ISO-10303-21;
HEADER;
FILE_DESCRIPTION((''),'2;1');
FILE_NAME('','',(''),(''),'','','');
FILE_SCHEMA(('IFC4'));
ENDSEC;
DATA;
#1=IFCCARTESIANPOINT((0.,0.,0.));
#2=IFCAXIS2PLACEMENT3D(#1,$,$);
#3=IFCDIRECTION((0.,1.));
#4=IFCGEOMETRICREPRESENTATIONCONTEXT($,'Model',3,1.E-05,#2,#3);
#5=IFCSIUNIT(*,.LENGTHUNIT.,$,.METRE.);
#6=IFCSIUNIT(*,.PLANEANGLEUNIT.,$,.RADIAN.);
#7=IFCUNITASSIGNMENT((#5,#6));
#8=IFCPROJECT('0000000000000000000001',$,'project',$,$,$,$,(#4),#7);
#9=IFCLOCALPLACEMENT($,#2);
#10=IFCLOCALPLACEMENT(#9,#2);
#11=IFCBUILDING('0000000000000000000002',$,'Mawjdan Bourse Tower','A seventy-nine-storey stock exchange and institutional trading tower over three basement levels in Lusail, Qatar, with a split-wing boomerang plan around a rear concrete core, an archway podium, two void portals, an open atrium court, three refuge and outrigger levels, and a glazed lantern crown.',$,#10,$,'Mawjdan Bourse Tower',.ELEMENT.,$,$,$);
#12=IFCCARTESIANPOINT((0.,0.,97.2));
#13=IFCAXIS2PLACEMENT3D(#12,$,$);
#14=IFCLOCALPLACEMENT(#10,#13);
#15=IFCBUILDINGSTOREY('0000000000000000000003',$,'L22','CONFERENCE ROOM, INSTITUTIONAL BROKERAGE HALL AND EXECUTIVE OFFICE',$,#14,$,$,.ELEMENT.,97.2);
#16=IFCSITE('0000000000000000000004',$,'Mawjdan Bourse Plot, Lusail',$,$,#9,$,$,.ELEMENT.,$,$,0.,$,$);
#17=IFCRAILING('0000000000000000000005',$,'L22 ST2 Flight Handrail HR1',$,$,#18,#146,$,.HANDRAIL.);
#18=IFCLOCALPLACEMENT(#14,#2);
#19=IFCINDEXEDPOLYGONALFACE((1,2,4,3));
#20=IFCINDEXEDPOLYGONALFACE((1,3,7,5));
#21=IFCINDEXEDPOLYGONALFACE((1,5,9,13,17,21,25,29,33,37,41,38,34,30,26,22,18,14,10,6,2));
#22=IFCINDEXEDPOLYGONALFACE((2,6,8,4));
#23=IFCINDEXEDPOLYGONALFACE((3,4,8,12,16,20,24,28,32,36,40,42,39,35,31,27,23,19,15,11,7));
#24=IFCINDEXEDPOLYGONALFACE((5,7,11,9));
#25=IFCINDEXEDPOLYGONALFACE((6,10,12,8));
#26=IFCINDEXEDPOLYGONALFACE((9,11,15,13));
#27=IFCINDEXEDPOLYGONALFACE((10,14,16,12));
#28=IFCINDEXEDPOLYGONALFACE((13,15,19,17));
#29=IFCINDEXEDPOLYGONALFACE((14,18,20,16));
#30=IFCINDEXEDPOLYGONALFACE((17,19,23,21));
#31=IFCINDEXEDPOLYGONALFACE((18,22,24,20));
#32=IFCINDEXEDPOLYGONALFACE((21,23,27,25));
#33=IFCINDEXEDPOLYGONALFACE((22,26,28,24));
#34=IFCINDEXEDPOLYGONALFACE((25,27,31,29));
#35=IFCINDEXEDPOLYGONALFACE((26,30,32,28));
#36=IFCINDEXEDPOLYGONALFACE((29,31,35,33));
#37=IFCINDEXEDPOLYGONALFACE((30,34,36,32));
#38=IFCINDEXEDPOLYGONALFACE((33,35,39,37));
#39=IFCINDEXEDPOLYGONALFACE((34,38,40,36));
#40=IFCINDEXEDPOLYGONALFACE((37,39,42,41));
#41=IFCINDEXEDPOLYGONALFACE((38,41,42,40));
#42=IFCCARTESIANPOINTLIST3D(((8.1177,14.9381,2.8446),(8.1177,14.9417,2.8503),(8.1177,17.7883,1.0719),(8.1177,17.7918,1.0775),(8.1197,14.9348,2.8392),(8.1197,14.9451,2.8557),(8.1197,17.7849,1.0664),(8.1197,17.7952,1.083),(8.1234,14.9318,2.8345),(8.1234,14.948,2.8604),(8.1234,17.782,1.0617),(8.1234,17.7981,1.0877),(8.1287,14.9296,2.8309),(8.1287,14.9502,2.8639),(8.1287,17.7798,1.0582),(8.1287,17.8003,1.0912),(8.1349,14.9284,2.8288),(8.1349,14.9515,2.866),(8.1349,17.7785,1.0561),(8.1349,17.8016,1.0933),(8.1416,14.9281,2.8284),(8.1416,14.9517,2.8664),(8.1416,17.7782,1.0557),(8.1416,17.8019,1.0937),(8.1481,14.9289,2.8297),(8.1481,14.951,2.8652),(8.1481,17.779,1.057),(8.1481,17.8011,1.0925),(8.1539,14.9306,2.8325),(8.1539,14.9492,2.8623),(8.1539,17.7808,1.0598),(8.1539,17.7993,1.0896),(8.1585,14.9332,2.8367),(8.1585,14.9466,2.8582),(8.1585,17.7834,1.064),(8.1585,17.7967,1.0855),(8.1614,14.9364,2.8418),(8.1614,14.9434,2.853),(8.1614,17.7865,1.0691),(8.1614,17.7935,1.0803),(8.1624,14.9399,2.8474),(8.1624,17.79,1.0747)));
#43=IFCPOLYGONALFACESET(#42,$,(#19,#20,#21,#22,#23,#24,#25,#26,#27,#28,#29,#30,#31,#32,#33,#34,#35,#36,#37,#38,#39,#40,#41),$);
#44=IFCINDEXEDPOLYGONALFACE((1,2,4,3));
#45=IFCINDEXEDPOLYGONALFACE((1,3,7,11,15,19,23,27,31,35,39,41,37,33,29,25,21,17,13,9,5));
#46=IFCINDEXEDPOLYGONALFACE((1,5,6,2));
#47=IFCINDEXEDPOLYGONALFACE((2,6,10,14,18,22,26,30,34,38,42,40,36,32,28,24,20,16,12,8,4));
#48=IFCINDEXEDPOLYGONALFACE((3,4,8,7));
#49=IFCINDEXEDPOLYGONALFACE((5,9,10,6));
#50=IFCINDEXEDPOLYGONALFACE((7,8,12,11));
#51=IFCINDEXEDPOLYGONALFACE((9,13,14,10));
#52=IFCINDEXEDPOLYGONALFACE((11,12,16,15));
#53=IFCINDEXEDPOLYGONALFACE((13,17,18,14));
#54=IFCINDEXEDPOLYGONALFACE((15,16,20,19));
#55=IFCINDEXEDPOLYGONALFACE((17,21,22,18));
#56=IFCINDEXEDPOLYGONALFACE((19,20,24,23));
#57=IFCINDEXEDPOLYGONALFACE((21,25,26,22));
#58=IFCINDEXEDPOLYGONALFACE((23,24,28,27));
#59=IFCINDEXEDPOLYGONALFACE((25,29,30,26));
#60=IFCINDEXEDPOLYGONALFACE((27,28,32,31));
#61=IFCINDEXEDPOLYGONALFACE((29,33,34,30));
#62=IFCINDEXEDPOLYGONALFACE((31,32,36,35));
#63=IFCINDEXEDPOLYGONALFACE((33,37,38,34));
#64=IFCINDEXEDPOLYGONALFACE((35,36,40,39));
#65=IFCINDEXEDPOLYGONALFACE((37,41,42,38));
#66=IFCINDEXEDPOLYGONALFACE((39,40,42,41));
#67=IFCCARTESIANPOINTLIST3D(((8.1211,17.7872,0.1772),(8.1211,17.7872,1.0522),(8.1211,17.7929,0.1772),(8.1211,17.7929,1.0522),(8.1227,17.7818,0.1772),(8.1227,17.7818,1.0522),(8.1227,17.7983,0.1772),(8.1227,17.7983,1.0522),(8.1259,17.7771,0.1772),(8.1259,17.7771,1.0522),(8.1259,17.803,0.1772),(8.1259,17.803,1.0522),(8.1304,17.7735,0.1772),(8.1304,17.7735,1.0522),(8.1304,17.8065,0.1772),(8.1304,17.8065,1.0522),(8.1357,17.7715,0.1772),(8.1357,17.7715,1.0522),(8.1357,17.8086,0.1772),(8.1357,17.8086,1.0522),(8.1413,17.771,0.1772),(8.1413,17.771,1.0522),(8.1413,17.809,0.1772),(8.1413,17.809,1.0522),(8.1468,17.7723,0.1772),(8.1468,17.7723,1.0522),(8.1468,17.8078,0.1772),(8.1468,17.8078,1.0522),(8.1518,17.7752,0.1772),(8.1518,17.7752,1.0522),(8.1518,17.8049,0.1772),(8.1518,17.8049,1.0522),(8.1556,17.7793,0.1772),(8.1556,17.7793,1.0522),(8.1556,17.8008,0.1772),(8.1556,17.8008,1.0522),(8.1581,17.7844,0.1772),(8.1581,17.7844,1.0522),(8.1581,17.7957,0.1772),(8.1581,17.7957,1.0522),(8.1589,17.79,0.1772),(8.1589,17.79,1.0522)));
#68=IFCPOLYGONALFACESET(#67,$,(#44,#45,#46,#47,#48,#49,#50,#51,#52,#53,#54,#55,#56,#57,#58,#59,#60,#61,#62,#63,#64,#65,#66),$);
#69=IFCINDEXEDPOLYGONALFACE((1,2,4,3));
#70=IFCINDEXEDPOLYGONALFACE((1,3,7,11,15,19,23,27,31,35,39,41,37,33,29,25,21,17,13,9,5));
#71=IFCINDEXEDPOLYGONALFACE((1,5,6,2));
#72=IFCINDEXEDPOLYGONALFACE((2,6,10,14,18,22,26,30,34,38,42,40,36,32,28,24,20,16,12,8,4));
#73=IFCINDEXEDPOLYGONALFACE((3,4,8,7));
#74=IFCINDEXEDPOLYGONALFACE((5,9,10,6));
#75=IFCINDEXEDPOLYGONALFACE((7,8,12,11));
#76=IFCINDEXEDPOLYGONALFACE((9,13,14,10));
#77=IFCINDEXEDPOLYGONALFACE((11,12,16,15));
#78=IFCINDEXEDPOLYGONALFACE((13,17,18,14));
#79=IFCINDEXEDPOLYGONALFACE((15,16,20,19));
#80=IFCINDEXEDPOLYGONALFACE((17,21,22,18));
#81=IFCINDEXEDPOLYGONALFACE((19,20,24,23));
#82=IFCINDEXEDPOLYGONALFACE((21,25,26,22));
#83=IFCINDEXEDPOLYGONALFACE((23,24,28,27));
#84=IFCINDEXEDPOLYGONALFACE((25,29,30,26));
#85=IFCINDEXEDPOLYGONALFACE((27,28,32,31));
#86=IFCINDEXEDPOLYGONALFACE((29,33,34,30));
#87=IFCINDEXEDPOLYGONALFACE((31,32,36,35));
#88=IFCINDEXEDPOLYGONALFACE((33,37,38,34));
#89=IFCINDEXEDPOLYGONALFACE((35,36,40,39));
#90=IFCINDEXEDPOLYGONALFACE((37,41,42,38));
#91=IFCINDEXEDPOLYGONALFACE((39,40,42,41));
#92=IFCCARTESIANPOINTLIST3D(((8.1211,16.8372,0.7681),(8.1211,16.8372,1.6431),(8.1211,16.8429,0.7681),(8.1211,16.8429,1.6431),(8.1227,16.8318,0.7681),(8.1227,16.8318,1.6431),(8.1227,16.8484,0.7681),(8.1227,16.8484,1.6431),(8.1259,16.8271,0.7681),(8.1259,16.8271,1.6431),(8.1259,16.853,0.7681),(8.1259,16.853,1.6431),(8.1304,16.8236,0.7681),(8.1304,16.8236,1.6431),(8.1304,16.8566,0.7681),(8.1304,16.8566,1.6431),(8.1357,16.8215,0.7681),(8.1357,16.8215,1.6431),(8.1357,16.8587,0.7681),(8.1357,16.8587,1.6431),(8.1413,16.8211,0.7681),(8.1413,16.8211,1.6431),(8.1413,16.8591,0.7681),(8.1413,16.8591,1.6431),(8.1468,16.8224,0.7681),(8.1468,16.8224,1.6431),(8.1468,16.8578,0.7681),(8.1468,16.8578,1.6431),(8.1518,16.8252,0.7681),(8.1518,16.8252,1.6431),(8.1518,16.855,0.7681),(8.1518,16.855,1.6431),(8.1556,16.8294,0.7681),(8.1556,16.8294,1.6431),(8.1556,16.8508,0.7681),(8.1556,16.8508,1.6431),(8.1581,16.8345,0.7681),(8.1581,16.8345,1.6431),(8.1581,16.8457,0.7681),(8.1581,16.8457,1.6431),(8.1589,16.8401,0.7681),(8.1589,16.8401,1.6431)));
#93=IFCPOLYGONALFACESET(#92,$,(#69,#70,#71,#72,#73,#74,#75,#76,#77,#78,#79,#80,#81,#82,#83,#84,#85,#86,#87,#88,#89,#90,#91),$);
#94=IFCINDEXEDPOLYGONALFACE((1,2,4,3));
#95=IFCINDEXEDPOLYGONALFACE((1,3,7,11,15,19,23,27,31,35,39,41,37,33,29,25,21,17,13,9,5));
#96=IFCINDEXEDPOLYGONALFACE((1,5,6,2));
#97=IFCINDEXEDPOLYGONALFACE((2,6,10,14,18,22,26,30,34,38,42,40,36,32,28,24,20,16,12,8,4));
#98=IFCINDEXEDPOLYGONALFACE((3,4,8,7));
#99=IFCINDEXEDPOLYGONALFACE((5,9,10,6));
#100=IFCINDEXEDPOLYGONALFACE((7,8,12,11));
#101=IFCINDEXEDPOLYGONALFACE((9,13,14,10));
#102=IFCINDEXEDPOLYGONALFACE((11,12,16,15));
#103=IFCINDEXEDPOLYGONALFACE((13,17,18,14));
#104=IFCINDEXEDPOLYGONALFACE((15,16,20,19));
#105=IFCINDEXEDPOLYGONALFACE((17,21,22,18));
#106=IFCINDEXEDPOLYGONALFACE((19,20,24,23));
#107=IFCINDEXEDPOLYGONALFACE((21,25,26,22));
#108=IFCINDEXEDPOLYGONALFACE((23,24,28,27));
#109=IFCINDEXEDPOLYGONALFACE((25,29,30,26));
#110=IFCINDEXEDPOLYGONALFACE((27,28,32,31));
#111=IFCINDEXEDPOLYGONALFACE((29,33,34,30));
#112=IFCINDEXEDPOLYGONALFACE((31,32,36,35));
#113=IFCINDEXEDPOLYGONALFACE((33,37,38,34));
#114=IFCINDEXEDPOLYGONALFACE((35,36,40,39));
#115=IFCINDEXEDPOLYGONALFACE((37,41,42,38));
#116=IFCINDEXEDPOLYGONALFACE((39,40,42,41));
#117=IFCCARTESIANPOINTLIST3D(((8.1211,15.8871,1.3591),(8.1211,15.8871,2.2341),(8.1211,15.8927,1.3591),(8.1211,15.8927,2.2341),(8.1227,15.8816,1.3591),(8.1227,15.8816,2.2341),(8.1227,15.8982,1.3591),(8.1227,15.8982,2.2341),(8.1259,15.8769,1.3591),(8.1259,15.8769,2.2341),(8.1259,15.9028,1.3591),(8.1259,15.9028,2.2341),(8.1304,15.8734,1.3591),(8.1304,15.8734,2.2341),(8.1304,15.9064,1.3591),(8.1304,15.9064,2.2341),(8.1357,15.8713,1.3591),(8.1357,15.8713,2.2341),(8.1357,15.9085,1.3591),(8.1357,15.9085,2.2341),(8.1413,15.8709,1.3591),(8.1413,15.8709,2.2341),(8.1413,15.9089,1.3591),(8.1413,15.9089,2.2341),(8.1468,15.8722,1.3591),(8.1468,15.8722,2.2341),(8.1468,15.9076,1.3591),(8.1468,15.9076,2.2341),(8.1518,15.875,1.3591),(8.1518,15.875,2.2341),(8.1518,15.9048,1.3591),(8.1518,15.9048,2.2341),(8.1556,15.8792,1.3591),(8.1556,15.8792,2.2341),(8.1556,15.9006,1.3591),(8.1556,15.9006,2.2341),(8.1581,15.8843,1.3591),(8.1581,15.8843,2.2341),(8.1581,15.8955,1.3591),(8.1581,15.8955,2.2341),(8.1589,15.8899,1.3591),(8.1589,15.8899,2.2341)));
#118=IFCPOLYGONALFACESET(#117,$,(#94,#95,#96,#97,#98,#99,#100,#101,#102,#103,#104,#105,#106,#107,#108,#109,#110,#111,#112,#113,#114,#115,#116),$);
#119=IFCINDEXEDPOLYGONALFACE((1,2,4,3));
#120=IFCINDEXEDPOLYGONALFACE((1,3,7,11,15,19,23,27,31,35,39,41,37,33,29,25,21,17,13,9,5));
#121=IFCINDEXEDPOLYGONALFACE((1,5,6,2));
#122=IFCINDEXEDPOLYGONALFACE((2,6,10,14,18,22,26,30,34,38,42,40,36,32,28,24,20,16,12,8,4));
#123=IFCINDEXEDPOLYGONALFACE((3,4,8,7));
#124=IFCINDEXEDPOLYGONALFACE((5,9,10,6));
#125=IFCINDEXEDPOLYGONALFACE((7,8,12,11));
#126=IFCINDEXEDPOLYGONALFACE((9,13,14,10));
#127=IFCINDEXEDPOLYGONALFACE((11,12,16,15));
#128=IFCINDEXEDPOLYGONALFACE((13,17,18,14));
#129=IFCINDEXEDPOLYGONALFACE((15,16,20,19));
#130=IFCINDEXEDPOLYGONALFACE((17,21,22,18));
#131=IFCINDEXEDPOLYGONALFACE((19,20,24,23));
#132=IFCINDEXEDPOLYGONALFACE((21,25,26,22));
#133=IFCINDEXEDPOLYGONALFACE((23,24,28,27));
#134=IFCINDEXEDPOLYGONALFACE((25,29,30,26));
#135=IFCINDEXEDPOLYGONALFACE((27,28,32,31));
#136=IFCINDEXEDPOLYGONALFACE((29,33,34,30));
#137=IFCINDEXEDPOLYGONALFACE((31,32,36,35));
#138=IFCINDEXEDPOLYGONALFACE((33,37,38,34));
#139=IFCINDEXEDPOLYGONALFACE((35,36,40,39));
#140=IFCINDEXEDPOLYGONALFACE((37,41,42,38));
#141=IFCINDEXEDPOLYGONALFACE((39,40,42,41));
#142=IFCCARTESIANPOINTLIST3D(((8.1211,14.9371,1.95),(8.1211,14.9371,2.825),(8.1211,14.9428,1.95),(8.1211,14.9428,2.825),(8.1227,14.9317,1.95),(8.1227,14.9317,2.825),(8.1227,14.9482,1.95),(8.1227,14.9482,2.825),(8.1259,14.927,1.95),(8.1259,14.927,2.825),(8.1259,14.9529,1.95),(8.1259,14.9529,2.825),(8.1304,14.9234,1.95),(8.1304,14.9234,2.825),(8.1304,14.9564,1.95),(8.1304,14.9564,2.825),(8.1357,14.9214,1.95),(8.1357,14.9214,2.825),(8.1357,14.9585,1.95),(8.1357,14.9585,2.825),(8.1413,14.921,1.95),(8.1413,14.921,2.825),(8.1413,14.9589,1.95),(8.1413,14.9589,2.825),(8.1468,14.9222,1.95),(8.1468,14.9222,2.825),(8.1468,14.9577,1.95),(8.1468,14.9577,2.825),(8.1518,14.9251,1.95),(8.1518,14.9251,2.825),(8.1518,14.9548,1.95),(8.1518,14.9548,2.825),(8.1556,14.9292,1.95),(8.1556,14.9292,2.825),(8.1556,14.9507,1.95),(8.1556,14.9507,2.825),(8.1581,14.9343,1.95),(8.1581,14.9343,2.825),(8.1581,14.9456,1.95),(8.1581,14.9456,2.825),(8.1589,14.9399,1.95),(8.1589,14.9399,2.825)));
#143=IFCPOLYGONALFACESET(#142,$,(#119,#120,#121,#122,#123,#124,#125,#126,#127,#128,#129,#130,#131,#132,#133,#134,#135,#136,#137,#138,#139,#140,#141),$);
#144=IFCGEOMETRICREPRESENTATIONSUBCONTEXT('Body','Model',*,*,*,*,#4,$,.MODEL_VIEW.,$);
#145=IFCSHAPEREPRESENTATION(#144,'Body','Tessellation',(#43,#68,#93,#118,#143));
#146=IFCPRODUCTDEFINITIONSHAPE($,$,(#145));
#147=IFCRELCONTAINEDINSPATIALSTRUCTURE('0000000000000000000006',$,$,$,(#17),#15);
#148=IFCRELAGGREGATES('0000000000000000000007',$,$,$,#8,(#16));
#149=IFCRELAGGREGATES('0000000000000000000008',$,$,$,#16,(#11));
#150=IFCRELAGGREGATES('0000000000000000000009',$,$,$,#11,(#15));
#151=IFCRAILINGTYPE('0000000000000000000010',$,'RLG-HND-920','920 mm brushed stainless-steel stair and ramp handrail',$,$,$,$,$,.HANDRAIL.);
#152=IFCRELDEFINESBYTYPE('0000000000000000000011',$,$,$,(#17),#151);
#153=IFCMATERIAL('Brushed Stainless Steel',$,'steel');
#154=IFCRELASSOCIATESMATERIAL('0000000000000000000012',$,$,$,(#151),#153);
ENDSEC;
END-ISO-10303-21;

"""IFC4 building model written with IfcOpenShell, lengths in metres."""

from ifc_helpers import new_model, si_unit, direction, frame, origin, origin_2d, place, context, subcontext, project, spatial, circle, extrude, material, type_object, element, save


model = new_model("IFC4")

# Units and contexts
model_context = context("Model", 3, precision=1e-05, world=origin(), true_north=direction((0.0, 1.0)))
body_context = subcontext(model_context, "Body", "Model", "MODEL_VIEW")
ifc_project = project(units=[si_unit("LENGTHUNIT", "METRE"), si_unit("PLANEANGLEUNIT", "RADIAN")], contexts=[model_context])

# Site, building, storey
site_placement = place(None, origin())
site = spatial("IfcSite", under=ifc_project, at=site_placement, Name="Mawjdan Bourse Plot, Lusail", CompositionType="ELEMENT", RefElevation=0.0)
building_placement = place(site_placement, origin())
building = spatial("IfcBuilding", under=site, at=building_placement, Name="Mawjdan Bourse Tower", Description="A seventy-nine-storey stock exchange and institutional trading tower over three basement levels in Lusail, Qatar, with a split-wing boomerang plan around a rear concrete core, an archway podium, two void portals, an open atrium court, three refuge and outrigger levels, and a glazed lantern crown.", LongName="Mawjdan Bourse Tower", CompositionType="ELEMENT")
storey_placement = place(building_placement, frame((0.0, 0.0, 97.2)))
storey = spatial("IfcBuildingStorey", under=building, at=storey_placement, Name="L22", Description="CONFERENCE ROOM, INSTITUTIONAL BROKERAGE HALL AND EXECUTIVE OFFICE", CompositionType="ELEMENT", Elevation=97.2)

# Shared definitions
ifc_material_1 = material(Name="Brushed Stainless Steel", Category="steel")

# Railing
railing_type_1 = type_object("IfcRailingType", Name="RLG-HND-920", Description="920 mm brushed stainless-steel stair and ramp handrail", PredefinedType="HANDRAIL", material=ifc_material_1)
railing_1_placement = place(storey_placement, frame((8.1399, 17.79, 0.1772)))
element("IfcRailing", 1, at=railing_1_placement, inside=storey, type_object=railing_type_1, Name="L22 ST2 Flight Handrail HR1", PredefinedType="HANDRAIL", context=body_context, shape_type="SweptSolid", body=[
    extrude(circle(Radius=0.0225, at=origin_2d()), frame((0.0, 0.0, 0.8975), z_axis=(0.0, -0.849149, 0.528154), x_axis=(1.0, 0.0, 0.0)), (0.0, 0.0, 1.0), 3.3564),
    extrude(circle(Radius=0.019, at=origin_2d()), origin(), (0.0, 0.0, 1.0), 0.875),
    extrude(circle(Radius=0.019, at=origin_2d()), frame((0.0, -0.95, 0.5908)), (0.0, 0.0, 1.0), 0.875),
    extrude(circle(Radius=0.019, at=origin_2d()), frame((0.0, -1.9001, 1.1819)), (0.0, 0.0, 1.0), 0.875),
    extrude(circle(Radius=0.019, at=origin_2d()), frame((0.0, -2.8501, 1.7727)), (0.0, 0.0, 1.0), 0.875),
])

save(model, "model.ifc")
